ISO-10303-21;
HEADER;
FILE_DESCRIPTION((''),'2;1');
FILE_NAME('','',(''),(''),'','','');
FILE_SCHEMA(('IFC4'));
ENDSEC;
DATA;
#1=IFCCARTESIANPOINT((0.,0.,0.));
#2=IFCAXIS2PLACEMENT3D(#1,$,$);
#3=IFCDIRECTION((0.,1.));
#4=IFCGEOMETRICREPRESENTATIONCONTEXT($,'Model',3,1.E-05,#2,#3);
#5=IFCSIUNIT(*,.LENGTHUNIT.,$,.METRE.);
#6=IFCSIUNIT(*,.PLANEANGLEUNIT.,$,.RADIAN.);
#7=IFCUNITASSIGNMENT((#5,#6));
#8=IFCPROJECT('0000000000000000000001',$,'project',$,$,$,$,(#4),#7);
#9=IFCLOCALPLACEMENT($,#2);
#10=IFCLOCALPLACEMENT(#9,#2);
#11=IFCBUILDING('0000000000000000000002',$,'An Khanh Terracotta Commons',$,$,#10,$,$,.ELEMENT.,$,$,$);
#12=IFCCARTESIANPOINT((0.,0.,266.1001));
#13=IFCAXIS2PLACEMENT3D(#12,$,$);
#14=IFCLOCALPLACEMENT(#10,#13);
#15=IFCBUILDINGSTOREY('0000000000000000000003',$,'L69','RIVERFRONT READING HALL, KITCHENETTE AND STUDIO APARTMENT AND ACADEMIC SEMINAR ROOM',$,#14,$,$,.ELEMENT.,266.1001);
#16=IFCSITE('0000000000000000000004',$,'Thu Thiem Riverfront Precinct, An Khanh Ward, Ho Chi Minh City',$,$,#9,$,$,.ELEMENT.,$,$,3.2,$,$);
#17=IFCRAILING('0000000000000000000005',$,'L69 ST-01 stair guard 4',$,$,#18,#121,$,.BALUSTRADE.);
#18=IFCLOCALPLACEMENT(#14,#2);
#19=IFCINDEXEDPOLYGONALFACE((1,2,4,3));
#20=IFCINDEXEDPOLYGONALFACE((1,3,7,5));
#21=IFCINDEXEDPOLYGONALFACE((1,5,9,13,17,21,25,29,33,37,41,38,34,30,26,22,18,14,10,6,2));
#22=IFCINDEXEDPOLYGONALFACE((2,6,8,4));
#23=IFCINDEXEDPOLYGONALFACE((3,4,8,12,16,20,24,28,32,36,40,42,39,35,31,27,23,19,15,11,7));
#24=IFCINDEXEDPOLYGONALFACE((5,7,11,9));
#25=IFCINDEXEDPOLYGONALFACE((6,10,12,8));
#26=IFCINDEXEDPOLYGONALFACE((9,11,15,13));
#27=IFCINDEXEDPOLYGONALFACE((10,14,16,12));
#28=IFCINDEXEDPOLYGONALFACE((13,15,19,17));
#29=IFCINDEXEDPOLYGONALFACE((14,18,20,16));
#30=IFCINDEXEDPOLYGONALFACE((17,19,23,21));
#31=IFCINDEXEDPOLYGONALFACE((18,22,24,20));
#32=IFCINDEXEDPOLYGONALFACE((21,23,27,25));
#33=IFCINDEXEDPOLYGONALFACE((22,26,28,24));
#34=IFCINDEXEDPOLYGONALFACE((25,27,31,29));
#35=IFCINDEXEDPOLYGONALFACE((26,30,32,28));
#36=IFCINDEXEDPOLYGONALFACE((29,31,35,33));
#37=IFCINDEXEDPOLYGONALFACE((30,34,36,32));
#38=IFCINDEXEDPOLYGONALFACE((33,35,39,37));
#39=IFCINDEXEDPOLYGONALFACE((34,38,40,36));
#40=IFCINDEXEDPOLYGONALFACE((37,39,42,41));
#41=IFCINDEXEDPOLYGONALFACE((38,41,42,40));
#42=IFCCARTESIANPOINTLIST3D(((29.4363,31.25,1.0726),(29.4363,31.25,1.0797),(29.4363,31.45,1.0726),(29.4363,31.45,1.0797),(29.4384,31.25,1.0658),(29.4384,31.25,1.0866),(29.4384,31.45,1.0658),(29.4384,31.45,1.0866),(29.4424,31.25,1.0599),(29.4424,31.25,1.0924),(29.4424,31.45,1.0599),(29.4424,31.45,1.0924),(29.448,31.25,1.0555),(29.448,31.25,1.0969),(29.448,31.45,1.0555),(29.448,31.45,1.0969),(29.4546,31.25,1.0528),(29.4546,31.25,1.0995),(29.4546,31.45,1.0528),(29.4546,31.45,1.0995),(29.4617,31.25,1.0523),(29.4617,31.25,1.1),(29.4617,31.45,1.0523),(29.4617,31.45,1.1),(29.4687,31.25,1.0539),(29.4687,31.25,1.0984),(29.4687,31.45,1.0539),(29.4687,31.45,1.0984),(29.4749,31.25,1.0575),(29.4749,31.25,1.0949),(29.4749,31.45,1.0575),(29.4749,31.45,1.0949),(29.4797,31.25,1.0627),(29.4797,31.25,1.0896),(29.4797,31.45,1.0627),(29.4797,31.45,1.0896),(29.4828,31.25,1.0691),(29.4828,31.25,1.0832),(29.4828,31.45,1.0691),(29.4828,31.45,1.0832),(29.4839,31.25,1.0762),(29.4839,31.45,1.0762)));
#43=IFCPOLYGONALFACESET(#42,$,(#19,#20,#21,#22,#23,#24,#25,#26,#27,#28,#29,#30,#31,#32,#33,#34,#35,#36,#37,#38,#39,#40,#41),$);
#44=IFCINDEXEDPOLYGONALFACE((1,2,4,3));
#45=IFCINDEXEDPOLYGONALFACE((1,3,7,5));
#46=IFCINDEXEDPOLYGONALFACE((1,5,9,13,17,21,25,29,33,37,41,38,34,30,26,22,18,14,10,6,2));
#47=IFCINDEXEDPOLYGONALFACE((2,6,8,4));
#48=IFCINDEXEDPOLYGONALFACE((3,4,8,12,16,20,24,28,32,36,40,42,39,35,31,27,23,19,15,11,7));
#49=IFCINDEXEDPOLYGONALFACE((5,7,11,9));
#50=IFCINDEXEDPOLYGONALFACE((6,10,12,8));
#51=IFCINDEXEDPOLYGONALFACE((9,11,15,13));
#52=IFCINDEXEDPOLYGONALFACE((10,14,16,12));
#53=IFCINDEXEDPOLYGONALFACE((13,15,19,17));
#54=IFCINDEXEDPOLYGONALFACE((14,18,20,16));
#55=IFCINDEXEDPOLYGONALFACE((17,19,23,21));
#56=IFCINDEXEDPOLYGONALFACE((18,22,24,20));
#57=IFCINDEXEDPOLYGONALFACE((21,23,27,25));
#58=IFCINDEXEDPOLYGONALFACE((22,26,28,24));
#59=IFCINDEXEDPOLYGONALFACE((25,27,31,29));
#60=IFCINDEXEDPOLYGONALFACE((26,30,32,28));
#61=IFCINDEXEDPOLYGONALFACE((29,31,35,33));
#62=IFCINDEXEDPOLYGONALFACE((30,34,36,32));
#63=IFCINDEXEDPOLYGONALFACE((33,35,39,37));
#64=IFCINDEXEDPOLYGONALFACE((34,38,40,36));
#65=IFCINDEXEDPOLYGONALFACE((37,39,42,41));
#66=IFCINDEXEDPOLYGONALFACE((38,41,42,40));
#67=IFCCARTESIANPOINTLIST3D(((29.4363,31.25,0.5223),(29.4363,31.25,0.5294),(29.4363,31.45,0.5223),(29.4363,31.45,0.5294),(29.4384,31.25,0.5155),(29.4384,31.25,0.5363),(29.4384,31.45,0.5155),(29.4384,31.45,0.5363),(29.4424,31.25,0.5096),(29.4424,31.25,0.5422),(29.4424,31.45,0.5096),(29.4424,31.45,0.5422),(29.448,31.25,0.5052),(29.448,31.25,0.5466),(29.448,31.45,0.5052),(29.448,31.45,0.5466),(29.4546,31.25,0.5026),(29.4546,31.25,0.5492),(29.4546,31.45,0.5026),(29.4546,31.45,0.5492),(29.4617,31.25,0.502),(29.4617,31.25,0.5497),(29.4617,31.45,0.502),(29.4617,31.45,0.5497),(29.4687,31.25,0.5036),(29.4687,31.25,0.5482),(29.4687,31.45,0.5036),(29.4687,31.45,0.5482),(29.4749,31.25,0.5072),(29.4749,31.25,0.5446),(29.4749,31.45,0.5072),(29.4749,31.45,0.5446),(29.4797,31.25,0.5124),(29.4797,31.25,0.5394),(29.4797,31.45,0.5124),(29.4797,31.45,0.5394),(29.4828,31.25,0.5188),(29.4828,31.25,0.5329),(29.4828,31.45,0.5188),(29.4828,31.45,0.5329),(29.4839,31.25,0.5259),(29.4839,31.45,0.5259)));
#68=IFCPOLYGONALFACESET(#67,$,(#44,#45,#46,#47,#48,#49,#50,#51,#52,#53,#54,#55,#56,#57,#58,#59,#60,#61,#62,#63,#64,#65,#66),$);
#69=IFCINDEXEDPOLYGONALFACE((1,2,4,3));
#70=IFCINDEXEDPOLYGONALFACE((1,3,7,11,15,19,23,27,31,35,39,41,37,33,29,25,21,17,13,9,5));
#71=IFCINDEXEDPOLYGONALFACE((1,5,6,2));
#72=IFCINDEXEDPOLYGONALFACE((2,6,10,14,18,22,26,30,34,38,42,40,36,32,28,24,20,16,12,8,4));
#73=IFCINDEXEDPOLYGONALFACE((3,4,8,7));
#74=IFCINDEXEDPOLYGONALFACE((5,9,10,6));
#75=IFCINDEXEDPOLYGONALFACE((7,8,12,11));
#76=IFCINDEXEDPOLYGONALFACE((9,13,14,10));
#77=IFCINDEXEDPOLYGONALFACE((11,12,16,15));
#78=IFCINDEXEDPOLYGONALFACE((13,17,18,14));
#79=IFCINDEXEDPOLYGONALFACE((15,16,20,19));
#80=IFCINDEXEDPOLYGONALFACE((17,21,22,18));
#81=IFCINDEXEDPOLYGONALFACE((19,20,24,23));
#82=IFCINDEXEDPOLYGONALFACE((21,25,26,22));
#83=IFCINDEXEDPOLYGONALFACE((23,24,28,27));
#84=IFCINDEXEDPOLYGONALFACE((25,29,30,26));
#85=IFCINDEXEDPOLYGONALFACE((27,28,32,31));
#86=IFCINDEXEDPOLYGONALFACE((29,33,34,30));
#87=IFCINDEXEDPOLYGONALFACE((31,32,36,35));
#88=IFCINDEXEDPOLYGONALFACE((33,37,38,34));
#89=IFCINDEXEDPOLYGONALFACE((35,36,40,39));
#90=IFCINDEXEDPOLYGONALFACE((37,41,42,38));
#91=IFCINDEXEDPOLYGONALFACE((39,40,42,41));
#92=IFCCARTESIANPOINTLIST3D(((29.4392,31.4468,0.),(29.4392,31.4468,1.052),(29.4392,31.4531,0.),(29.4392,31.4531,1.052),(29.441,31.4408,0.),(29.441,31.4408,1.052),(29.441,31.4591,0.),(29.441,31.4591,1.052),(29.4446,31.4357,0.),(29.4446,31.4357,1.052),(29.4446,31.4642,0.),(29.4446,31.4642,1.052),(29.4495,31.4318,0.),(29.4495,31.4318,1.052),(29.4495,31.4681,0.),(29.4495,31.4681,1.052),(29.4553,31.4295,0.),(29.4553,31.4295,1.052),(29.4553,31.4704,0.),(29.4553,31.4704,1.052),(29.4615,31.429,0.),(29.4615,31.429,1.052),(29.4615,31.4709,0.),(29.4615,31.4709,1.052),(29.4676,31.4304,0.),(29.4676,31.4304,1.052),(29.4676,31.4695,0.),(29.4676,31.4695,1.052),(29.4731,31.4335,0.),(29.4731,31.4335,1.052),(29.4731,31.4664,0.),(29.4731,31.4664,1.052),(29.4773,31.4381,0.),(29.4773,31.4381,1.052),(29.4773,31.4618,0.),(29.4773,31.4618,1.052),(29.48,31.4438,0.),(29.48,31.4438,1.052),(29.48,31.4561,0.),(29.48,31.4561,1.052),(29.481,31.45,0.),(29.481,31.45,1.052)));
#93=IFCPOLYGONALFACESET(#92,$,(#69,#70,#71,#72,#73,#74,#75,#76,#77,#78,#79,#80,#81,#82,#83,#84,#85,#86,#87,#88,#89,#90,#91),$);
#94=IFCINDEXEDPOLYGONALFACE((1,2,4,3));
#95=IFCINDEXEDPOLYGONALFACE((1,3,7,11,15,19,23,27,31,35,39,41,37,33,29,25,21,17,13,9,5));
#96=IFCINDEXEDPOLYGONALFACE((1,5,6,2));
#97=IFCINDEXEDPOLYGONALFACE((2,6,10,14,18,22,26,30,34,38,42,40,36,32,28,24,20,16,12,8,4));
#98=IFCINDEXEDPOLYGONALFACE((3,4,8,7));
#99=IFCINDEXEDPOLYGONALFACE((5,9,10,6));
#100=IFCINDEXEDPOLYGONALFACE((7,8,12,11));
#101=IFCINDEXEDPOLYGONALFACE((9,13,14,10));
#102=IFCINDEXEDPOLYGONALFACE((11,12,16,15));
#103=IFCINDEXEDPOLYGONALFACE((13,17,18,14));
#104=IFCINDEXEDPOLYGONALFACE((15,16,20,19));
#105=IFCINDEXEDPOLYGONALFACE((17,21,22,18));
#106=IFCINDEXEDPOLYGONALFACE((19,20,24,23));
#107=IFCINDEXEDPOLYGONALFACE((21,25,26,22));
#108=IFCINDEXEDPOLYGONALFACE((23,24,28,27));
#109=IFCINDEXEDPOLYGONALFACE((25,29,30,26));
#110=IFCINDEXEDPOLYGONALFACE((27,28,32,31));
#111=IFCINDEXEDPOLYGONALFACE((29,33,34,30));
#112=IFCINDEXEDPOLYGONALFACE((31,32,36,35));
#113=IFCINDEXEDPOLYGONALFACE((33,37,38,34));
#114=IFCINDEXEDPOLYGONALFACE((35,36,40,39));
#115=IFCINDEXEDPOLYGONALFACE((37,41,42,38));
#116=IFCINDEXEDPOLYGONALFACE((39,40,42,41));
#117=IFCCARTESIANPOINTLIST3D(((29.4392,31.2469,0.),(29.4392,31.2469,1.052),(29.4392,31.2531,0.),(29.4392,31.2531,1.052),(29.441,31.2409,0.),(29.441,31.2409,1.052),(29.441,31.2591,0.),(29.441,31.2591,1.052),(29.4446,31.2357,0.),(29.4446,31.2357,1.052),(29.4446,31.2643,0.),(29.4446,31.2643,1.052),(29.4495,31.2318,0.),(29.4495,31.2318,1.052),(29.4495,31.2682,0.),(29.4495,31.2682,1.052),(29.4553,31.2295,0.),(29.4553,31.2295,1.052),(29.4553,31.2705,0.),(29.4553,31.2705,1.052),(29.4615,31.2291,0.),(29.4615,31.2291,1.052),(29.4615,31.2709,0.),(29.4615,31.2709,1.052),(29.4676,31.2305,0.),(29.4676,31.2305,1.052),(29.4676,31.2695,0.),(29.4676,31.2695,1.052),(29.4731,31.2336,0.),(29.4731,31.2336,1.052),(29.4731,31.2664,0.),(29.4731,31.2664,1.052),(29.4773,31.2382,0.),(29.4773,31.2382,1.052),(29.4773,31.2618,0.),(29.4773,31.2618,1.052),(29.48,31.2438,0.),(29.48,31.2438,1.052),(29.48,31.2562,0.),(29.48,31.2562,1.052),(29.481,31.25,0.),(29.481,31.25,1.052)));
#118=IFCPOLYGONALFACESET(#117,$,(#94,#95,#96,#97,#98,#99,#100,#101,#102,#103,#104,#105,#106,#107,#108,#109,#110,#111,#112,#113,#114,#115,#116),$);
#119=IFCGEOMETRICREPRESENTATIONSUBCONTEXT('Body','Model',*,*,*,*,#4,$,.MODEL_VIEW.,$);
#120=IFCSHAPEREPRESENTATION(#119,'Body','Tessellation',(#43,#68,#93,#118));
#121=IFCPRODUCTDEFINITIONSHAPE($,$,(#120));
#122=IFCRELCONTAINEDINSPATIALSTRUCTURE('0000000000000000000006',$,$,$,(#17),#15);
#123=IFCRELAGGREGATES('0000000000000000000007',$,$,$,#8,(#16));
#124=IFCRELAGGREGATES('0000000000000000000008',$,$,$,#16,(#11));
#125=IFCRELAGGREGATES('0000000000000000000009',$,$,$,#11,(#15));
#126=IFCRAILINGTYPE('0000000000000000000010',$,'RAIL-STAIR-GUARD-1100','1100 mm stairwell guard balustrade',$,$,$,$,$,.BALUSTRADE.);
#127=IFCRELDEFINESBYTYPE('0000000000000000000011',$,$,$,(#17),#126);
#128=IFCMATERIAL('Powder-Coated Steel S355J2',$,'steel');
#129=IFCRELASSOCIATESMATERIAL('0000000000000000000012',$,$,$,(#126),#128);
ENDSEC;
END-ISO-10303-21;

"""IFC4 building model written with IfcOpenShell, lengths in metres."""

from ifc_helpers import new_model, si_unit, direction, frame, origin, origin_2d, place, context, subcontext, project, spatial, circle, extrude, material, type_object, element, save


model = new_model("IFC4")

# Units and contexts
model_context = context("Model", 3, precision=1e-05, world=origin(), true_north=direction((0.0, 1.0)))
body_context = subcontext(model_context, "Body", "Model", "MODEL_VIEW")
ifc_project = project(units=[si_unit("LENGTHUNIT", "METRE"), si_unit("PLANEANGLEUNIT", "RADIAN")], contexts=[model_context])

# Site, building, storey
site_placement = place(None, origin())
site = spatial("IfcSite", under=ifc_project, at=site_placement, Name="Thu Thiem Riverfront Precinct, An Khanh Ward, Ho Chi Minh City", CompositionType="ELEMENT", RefElevation=3.2)
building_placement = place(site_placement, origin())
building = spatial("IfcBuilding", under=site, at=building_placement, Name="An Khanh Terracotta Commons", CompositionType="ELEMENT")
storey_placement = place(building_placement, frame((0.0, 0.0, 266.1001)))
storey = spatial("IfcBuildingStorey", under=building, at=storey_placement, Name="L69", Description="RIVERFRONT READING HALL, KITCHENETTE AND STUDIO APARTMENT AND ACADEMIC SEMINAR ROOM", CompositionType="ELEMENT", Elevation=266.1001)

# Railing
ifc_material_1 = material(Name="Powder-Coated Steel S355J2", Category="steel")
railing_type_1 = type_object("IfcRailingType", Name="RAIL-STAIR-GUARD-1100", Description="1100 mm stairwell guard balustrade", PredefinedType="BALUSTRADE", material=ifc_material_1)
railing_1_placement = place(storey_placement, frame((29.46, 31.45, 0.0)))
element("IfcRailing", 1, at=railing_1_placement, inside=storey, type_object=railing_type_1, Name="L69 ST-01 stair guard 4", PredefinedType="BALUSTRADE", context=body_context, shape_type="SweptSolid", body=[
    extrude(circle(Radius=0.0239, at=origin_2d()), frame((0.0, 0.0, 1.0762), z_axis=(0.0, -1.0, 0.0), x_axis=(1.0, 0.0, 0.0)), (0.0, 0.0, 1.0), 0.2),
    extrude(circle(Radius=0.0239, at=origin_2d()), frame((0.0, 0.0, 0.5259), z_axis=(0.0, -1.0, 0.0), x_axis=(1.0, 0.0, 0.0)), (0.0, 0.0, 1.0), 0.2),
    extrude(circle(Radius=0.021, at=origin_2d()), origin(), (0.0, 0.0, 1.0), 1.052),
    extrude(circle(Radius=0.021, at=origin_2d()), frame((0.0, -0.2, 0.0)), (0.0, 0.0, 1.0), 1.052),
])

save(model, "model.ifc")
